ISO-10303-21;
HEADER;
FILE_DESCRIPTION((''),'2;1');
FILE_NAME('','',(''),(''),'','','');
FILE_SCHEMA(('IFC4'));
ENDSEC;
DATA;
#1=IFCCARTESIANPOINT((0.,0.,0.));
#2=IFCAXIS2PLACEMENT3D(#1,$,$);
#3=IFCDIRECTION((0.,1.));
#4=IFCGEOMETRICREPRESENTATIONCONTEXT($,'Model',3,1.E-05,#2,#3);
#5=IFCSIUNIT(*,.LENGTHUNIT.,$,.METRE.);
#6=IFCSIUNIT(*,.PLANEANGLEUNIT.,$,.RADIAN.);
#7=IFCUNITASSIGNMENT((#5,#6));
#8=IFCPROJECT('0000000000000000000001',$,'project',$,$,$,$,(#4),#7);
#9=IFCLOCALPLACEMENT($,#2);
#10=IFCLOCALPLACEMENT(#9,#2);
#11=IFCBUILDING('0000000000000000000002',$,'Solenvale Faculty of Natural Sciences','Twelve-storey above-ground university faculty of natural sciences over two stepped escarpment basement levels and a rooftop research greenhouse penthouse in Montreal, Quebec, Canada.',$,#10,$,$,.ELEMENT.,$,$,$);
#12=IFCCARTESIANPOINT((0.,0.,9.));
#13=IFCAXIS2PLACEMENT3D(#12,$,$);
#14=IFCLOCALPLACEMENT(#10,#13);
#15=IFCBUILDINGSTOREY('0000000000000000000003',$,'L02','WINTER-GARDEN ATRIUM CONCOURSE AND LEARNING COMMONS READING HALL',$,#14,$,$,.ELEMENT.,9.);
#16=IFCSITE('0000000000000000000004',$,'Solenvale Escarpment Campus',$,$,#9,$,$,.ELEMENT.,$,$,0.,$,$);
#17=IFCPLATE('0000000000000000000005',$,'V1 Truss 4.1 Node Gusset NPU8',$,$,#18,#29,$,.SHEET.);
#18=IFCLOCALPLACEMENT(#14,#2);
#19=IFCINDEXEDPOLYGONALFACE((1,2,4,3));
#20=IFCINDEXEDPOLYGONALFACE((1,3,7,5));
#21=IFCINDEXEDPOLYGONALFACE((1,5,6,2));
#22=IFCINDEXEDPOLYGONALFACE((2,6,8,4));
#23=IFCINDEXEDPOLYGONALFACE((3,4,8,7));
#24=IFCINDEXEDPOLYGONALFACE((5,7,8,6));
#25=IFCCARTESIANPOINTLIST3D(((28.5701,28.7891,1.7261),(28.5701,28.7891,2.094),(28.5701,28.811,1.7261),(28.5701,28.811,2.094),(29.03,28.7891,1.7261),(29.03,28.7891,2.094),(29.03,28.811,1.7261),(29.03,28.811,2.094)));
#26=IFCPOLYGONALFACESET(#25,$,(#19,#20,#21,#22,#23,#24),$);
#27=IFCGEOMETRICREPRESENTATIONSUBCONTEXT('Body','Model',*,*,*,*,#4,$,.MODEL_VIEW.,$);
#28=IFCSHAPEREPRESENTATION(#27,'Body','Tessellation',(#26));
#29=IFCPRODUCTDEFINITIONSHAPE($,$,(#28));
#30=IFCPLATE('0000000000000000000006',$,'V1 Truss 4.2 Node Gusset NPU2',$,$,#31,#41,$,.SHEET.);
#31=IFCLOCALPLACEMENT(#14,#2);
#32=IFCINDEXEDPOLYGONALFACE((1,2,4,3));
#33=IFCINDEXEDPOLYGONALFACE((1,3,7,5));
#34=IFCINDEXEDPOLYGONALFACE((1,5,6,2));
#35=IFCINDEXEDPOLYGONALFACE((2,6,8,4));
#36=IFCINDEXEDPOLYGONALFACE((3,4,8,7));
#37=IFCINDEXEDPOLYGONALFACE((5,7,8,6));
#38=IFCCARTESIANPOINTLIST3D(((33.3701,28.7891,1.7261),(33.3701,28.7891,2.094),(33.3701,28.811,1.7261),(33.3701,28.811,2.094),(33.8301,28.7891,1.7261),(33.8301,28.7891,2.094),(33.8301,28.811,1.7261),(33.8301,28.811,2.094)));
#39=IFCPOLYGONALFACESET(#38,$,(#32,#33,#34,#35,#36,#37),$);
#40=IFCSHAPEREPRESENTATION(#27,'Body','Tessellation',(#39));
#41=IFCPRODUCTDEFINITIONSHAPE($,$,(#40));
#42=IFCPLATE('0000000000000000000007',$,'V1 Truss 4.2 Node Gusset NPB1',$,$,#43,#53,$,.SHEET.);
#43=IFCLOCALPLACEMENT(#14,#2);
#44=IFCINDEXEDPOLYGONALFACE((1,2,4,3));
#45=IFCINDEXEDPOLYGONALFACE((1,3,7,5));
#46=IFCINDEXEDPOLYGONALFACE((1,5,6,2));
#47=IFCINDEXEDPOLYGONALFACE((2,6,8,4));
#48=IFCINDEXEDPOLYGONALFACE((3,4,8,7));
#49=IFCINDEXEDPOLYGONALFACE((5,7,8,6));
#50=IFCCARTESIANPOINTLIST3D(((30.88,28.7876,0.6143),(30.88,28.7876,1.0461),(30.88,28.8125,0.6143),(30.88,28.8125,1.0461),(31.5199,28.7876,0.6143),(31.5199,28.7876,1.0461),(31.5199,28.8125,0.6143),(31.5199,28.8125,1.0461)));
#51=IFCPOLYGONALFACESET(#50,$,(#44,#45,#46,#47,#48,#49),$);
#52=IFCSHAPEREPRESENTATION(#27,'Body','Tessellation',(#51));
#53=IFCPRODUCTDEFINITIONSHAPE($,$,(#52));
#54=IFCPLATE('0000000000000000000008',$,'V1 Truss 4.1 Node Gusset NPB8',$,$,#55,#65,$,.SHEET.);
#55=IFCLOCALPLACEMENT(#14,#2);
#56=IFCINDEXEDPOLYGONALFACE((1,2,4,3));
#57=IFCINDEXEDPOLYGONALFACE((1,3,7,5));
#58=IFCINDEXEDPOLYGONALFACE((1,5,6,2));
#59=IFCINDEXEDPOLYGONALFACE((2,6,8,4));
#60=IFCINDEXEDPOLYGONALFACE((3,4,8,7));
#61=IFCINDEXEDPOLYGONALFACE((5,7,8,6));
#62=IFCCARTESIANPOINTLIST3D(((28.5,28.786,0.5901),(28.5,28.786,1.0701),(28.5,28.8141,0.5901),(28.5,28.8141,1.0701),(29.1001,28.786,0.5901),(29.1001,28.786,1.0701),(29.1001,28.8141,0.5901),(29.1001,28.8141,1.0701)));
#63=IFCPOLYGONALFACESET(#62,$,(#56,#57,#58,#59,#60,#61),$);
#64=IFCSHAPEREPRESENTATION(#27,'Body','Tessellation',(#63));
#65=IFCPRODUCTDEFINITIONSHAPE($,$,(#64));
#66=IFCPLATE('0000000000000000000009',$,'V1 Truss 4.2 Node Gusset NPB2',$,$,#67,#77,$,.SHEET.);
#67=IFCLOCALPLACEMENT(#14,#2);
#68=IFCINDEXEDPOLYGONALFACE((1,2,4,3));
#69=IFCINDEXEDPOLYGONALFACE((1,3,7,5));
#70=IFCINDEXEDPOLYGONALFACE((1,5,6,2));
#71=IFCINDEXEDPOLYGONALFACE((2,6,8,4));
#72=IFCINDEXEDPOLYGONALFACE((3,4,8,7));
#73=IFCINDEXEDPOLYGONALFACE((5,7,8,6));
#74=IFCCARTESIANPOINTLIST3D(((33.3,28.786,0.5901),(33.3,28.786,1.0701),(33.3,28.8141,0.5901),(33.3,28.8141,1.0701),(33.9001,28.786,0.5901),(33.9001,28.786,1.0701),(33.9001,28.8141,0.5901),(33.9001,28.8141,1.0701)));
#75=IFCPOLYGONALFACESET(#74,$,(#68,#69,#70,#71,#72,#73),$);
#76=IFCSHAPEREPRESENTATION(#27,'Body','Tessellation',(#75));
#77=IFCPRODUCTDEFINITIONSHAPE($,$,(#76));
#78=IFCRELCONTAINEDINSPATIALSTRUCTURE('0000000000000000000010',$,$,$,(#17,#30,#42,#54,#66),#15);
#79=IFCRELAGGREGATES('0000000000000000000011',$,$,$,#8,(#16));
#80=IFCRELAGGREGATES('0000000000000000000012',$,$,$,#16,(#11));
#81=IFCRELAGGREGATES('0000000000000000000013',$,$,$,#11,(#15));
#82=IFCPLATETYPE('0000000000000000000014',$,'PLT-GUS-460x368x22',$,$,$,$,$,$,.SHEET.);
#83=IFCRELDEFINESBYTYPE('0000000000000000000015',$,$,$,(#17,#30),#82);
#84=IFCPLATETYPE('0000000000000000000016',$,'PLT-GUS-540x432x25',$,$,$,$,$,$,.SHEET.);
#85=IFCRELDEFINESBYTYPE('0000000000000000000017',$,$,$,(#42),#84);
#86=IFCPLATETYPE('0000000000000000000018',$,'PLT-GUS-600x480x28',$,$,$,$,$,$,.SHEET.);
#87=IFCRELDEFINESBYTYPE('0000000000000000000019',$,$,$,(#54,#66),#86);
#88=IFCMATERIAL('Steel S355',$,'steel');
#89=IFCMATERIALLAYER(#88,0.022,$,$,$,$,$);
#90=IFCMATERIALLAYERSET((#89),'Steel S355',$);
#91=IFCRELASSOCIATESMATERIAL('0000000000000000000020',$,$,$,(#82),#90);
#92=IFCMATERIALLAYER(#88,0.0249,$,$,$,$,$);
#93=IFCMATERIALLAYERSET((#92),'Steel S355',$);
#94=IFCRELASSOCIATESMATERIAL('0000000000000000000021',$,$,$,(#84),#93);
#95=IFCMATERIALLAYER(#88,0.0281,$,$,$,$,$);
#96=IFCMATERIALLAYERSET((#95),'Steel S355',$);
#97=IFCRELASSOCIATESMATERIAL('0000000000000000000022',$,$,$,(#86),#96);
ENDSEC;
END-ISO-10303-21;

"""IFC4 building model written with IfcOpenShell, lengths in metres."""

from ifc_helpers import new_model, si_unit, direction, frame, origin, origin_2d, place, context, subcontext, project, spatial, rectangle, extrude, material, layer, layer_set, type_object, element, save


model = new_model("IFC4")

# Units and contexts
model_context = context("Model", 3, precision=1e-05, world=origin(), true_north=direction((0.0, 1.0)))
body_context = subcontext(model_context, "Body", "Model", "MODEL_VIEW")
ifc_project = project(units=[si_unit("LENGTHUNIT", "METRE"), si_unit("PLANEANGLEUNIT", "RADIAN")], contexts=[model_context])

# Site, building, storey
site_placement = place(None, origin())
site = spatial("IfcSite", under=ifc_project, at=site_placement, Name="Solenvale Escarpment Campus", CompositionType="ELEMENT", RefElevation=0.0)
building_placement = place(site_placement, origin())
building = spatial("IfcBuilding", under=site, at=building_placement, Name="Solenvale Faculty of Natural Sciences", Description="Twelve-storey above-ground university faculty of natural sciences over two stepped escarpment basement levels and a rooftop research greenhouse penthouse in Montreal, Quebec, Canada.", CompositionType="ELEMENT")
storey_placement = place(building_placement, frame((0.0, 0.0, 9.0)))
storey = spatial("IfcBuildingStorey", under=building, at=storey_placement, Name="L02", Description="WINTER-GARDEN ATRIUM CONCOURSE AND LEARNING COMMONS READING HALL", CompositionType="ELEMENT", Elevation=9.0)

# Shared definitions
ifc_material_1 = material(Name="Steel S355", Category="steel")

# Plates
ifc_layer_1 = layer(ifc_material_1, 0.022)
ifc_layer_set_1 = layer_set([ifc_layer_1], Name="Steel S355")
plate_type_1 = type_object("IfcPlateType", Name="PLT-GUS-460x368x22", PredefinedType="SHEET", material=ifc_layer_set_1)
for number, where, z_axis, x_axis, name in (
    (1, (28.8, 28.8, 1.7261), (0.0, 0.0, 1.0), (1.0, 0.0, 0.0), "V1 Truss 4.1 Node Gusset NPU8"),
    (2, (33.6001, 28.8, 1.7261), (0.0, 0.0, 1.0), (1.0, 0.0, 0.0), "V1 Truss 4.2 Node Gusset NPU2"),
):
    element("IfcPlate", number, at=place(storey_placement, frame(where, z_axis=z_axis, x_axis=x_axis)), inside=storey, type_object=plate_type_1, Name=name, PredefinedType="SHEET", context=body_context, shape_type="SweptSolid", body=[
        extrude(rectangle(XDim=0.46, YDim=0.022, at=origin_2d()), origin(), (0.0, 0.0, 1.0), 0.3679),
    ])
ifc_layer_2 = layer(ifc_material_1, 0.0249)
ifc_layer_set_2 = layer_set([ifc_layer_2], Name="Steel S355")
plate_type_2 = type_object("IfcPlateType", Name="PLT-GUS-540x432x25", PredefinedType="SHEET", material=ifc_layer_set_2)
plate_1_placement = place(storey_placement, frame((31.2, 28.8, 0.6143), z_axis=(0.0, 0.0, 1.0), x_axis=(1.0, 0.0, 0.0)))
element("IfcPlate", 3, at=plate_1_placement, inside=storey, type_object=plate_type_2, Name="V1 Truss 4.2 Node Gusset NPB1", PredefinedType="SHEET", context=body_context, shape_type="SweptSolid", body=[
    extrude(rectangle(XDim=0.6399, YDim=0.0249, at=origin_2d()), origin(), (0.0, 0.0, 1.0), 0.4319),
])
ifc_layer_3 = layer(ifc_material_1, 0.0281)
ifc_layer_set_3 = layer_set([ifc_layer_3], Name="Steel S355")
plate_type_3 = type_object("IfcPlateType", Name="PLT-GUS-600x480x28", PredefinedType="SHEET", material=ifc_layer_set_3)
for number, where, z_axis, x_axis, name in (
    (4, (28.8, 28.8, 0.5901), (0.0, 0.0, 1.0), (1.0, 0.0, 0.0), "V1 Truss 4.1 Node Gusset NPB8"),
    (5, (33.6001, 28.8, 0.5901), (0.0, 0.0, 1.0), (1.0, 0.0, 0.0), "V1 Truss 4.2 Node Gusset NPB2"),
):
    element("IfcPlate", number, at=place(storey_placement, frame(where, z_axis=z_axis, x_axis=x_axis)), inside=storey, type_object=plate_type_3, Name=name, PredefinedType="SHEET", context=body_context, shape_type="SweptSolid", body=[
        extrude(rectangle(XDim=0.6001, YDim=0.0281, at=origin_2d()), origin(), (0.0, 0.0, 1.0), 0.48),
    ])

save(model, "model.ifc")
